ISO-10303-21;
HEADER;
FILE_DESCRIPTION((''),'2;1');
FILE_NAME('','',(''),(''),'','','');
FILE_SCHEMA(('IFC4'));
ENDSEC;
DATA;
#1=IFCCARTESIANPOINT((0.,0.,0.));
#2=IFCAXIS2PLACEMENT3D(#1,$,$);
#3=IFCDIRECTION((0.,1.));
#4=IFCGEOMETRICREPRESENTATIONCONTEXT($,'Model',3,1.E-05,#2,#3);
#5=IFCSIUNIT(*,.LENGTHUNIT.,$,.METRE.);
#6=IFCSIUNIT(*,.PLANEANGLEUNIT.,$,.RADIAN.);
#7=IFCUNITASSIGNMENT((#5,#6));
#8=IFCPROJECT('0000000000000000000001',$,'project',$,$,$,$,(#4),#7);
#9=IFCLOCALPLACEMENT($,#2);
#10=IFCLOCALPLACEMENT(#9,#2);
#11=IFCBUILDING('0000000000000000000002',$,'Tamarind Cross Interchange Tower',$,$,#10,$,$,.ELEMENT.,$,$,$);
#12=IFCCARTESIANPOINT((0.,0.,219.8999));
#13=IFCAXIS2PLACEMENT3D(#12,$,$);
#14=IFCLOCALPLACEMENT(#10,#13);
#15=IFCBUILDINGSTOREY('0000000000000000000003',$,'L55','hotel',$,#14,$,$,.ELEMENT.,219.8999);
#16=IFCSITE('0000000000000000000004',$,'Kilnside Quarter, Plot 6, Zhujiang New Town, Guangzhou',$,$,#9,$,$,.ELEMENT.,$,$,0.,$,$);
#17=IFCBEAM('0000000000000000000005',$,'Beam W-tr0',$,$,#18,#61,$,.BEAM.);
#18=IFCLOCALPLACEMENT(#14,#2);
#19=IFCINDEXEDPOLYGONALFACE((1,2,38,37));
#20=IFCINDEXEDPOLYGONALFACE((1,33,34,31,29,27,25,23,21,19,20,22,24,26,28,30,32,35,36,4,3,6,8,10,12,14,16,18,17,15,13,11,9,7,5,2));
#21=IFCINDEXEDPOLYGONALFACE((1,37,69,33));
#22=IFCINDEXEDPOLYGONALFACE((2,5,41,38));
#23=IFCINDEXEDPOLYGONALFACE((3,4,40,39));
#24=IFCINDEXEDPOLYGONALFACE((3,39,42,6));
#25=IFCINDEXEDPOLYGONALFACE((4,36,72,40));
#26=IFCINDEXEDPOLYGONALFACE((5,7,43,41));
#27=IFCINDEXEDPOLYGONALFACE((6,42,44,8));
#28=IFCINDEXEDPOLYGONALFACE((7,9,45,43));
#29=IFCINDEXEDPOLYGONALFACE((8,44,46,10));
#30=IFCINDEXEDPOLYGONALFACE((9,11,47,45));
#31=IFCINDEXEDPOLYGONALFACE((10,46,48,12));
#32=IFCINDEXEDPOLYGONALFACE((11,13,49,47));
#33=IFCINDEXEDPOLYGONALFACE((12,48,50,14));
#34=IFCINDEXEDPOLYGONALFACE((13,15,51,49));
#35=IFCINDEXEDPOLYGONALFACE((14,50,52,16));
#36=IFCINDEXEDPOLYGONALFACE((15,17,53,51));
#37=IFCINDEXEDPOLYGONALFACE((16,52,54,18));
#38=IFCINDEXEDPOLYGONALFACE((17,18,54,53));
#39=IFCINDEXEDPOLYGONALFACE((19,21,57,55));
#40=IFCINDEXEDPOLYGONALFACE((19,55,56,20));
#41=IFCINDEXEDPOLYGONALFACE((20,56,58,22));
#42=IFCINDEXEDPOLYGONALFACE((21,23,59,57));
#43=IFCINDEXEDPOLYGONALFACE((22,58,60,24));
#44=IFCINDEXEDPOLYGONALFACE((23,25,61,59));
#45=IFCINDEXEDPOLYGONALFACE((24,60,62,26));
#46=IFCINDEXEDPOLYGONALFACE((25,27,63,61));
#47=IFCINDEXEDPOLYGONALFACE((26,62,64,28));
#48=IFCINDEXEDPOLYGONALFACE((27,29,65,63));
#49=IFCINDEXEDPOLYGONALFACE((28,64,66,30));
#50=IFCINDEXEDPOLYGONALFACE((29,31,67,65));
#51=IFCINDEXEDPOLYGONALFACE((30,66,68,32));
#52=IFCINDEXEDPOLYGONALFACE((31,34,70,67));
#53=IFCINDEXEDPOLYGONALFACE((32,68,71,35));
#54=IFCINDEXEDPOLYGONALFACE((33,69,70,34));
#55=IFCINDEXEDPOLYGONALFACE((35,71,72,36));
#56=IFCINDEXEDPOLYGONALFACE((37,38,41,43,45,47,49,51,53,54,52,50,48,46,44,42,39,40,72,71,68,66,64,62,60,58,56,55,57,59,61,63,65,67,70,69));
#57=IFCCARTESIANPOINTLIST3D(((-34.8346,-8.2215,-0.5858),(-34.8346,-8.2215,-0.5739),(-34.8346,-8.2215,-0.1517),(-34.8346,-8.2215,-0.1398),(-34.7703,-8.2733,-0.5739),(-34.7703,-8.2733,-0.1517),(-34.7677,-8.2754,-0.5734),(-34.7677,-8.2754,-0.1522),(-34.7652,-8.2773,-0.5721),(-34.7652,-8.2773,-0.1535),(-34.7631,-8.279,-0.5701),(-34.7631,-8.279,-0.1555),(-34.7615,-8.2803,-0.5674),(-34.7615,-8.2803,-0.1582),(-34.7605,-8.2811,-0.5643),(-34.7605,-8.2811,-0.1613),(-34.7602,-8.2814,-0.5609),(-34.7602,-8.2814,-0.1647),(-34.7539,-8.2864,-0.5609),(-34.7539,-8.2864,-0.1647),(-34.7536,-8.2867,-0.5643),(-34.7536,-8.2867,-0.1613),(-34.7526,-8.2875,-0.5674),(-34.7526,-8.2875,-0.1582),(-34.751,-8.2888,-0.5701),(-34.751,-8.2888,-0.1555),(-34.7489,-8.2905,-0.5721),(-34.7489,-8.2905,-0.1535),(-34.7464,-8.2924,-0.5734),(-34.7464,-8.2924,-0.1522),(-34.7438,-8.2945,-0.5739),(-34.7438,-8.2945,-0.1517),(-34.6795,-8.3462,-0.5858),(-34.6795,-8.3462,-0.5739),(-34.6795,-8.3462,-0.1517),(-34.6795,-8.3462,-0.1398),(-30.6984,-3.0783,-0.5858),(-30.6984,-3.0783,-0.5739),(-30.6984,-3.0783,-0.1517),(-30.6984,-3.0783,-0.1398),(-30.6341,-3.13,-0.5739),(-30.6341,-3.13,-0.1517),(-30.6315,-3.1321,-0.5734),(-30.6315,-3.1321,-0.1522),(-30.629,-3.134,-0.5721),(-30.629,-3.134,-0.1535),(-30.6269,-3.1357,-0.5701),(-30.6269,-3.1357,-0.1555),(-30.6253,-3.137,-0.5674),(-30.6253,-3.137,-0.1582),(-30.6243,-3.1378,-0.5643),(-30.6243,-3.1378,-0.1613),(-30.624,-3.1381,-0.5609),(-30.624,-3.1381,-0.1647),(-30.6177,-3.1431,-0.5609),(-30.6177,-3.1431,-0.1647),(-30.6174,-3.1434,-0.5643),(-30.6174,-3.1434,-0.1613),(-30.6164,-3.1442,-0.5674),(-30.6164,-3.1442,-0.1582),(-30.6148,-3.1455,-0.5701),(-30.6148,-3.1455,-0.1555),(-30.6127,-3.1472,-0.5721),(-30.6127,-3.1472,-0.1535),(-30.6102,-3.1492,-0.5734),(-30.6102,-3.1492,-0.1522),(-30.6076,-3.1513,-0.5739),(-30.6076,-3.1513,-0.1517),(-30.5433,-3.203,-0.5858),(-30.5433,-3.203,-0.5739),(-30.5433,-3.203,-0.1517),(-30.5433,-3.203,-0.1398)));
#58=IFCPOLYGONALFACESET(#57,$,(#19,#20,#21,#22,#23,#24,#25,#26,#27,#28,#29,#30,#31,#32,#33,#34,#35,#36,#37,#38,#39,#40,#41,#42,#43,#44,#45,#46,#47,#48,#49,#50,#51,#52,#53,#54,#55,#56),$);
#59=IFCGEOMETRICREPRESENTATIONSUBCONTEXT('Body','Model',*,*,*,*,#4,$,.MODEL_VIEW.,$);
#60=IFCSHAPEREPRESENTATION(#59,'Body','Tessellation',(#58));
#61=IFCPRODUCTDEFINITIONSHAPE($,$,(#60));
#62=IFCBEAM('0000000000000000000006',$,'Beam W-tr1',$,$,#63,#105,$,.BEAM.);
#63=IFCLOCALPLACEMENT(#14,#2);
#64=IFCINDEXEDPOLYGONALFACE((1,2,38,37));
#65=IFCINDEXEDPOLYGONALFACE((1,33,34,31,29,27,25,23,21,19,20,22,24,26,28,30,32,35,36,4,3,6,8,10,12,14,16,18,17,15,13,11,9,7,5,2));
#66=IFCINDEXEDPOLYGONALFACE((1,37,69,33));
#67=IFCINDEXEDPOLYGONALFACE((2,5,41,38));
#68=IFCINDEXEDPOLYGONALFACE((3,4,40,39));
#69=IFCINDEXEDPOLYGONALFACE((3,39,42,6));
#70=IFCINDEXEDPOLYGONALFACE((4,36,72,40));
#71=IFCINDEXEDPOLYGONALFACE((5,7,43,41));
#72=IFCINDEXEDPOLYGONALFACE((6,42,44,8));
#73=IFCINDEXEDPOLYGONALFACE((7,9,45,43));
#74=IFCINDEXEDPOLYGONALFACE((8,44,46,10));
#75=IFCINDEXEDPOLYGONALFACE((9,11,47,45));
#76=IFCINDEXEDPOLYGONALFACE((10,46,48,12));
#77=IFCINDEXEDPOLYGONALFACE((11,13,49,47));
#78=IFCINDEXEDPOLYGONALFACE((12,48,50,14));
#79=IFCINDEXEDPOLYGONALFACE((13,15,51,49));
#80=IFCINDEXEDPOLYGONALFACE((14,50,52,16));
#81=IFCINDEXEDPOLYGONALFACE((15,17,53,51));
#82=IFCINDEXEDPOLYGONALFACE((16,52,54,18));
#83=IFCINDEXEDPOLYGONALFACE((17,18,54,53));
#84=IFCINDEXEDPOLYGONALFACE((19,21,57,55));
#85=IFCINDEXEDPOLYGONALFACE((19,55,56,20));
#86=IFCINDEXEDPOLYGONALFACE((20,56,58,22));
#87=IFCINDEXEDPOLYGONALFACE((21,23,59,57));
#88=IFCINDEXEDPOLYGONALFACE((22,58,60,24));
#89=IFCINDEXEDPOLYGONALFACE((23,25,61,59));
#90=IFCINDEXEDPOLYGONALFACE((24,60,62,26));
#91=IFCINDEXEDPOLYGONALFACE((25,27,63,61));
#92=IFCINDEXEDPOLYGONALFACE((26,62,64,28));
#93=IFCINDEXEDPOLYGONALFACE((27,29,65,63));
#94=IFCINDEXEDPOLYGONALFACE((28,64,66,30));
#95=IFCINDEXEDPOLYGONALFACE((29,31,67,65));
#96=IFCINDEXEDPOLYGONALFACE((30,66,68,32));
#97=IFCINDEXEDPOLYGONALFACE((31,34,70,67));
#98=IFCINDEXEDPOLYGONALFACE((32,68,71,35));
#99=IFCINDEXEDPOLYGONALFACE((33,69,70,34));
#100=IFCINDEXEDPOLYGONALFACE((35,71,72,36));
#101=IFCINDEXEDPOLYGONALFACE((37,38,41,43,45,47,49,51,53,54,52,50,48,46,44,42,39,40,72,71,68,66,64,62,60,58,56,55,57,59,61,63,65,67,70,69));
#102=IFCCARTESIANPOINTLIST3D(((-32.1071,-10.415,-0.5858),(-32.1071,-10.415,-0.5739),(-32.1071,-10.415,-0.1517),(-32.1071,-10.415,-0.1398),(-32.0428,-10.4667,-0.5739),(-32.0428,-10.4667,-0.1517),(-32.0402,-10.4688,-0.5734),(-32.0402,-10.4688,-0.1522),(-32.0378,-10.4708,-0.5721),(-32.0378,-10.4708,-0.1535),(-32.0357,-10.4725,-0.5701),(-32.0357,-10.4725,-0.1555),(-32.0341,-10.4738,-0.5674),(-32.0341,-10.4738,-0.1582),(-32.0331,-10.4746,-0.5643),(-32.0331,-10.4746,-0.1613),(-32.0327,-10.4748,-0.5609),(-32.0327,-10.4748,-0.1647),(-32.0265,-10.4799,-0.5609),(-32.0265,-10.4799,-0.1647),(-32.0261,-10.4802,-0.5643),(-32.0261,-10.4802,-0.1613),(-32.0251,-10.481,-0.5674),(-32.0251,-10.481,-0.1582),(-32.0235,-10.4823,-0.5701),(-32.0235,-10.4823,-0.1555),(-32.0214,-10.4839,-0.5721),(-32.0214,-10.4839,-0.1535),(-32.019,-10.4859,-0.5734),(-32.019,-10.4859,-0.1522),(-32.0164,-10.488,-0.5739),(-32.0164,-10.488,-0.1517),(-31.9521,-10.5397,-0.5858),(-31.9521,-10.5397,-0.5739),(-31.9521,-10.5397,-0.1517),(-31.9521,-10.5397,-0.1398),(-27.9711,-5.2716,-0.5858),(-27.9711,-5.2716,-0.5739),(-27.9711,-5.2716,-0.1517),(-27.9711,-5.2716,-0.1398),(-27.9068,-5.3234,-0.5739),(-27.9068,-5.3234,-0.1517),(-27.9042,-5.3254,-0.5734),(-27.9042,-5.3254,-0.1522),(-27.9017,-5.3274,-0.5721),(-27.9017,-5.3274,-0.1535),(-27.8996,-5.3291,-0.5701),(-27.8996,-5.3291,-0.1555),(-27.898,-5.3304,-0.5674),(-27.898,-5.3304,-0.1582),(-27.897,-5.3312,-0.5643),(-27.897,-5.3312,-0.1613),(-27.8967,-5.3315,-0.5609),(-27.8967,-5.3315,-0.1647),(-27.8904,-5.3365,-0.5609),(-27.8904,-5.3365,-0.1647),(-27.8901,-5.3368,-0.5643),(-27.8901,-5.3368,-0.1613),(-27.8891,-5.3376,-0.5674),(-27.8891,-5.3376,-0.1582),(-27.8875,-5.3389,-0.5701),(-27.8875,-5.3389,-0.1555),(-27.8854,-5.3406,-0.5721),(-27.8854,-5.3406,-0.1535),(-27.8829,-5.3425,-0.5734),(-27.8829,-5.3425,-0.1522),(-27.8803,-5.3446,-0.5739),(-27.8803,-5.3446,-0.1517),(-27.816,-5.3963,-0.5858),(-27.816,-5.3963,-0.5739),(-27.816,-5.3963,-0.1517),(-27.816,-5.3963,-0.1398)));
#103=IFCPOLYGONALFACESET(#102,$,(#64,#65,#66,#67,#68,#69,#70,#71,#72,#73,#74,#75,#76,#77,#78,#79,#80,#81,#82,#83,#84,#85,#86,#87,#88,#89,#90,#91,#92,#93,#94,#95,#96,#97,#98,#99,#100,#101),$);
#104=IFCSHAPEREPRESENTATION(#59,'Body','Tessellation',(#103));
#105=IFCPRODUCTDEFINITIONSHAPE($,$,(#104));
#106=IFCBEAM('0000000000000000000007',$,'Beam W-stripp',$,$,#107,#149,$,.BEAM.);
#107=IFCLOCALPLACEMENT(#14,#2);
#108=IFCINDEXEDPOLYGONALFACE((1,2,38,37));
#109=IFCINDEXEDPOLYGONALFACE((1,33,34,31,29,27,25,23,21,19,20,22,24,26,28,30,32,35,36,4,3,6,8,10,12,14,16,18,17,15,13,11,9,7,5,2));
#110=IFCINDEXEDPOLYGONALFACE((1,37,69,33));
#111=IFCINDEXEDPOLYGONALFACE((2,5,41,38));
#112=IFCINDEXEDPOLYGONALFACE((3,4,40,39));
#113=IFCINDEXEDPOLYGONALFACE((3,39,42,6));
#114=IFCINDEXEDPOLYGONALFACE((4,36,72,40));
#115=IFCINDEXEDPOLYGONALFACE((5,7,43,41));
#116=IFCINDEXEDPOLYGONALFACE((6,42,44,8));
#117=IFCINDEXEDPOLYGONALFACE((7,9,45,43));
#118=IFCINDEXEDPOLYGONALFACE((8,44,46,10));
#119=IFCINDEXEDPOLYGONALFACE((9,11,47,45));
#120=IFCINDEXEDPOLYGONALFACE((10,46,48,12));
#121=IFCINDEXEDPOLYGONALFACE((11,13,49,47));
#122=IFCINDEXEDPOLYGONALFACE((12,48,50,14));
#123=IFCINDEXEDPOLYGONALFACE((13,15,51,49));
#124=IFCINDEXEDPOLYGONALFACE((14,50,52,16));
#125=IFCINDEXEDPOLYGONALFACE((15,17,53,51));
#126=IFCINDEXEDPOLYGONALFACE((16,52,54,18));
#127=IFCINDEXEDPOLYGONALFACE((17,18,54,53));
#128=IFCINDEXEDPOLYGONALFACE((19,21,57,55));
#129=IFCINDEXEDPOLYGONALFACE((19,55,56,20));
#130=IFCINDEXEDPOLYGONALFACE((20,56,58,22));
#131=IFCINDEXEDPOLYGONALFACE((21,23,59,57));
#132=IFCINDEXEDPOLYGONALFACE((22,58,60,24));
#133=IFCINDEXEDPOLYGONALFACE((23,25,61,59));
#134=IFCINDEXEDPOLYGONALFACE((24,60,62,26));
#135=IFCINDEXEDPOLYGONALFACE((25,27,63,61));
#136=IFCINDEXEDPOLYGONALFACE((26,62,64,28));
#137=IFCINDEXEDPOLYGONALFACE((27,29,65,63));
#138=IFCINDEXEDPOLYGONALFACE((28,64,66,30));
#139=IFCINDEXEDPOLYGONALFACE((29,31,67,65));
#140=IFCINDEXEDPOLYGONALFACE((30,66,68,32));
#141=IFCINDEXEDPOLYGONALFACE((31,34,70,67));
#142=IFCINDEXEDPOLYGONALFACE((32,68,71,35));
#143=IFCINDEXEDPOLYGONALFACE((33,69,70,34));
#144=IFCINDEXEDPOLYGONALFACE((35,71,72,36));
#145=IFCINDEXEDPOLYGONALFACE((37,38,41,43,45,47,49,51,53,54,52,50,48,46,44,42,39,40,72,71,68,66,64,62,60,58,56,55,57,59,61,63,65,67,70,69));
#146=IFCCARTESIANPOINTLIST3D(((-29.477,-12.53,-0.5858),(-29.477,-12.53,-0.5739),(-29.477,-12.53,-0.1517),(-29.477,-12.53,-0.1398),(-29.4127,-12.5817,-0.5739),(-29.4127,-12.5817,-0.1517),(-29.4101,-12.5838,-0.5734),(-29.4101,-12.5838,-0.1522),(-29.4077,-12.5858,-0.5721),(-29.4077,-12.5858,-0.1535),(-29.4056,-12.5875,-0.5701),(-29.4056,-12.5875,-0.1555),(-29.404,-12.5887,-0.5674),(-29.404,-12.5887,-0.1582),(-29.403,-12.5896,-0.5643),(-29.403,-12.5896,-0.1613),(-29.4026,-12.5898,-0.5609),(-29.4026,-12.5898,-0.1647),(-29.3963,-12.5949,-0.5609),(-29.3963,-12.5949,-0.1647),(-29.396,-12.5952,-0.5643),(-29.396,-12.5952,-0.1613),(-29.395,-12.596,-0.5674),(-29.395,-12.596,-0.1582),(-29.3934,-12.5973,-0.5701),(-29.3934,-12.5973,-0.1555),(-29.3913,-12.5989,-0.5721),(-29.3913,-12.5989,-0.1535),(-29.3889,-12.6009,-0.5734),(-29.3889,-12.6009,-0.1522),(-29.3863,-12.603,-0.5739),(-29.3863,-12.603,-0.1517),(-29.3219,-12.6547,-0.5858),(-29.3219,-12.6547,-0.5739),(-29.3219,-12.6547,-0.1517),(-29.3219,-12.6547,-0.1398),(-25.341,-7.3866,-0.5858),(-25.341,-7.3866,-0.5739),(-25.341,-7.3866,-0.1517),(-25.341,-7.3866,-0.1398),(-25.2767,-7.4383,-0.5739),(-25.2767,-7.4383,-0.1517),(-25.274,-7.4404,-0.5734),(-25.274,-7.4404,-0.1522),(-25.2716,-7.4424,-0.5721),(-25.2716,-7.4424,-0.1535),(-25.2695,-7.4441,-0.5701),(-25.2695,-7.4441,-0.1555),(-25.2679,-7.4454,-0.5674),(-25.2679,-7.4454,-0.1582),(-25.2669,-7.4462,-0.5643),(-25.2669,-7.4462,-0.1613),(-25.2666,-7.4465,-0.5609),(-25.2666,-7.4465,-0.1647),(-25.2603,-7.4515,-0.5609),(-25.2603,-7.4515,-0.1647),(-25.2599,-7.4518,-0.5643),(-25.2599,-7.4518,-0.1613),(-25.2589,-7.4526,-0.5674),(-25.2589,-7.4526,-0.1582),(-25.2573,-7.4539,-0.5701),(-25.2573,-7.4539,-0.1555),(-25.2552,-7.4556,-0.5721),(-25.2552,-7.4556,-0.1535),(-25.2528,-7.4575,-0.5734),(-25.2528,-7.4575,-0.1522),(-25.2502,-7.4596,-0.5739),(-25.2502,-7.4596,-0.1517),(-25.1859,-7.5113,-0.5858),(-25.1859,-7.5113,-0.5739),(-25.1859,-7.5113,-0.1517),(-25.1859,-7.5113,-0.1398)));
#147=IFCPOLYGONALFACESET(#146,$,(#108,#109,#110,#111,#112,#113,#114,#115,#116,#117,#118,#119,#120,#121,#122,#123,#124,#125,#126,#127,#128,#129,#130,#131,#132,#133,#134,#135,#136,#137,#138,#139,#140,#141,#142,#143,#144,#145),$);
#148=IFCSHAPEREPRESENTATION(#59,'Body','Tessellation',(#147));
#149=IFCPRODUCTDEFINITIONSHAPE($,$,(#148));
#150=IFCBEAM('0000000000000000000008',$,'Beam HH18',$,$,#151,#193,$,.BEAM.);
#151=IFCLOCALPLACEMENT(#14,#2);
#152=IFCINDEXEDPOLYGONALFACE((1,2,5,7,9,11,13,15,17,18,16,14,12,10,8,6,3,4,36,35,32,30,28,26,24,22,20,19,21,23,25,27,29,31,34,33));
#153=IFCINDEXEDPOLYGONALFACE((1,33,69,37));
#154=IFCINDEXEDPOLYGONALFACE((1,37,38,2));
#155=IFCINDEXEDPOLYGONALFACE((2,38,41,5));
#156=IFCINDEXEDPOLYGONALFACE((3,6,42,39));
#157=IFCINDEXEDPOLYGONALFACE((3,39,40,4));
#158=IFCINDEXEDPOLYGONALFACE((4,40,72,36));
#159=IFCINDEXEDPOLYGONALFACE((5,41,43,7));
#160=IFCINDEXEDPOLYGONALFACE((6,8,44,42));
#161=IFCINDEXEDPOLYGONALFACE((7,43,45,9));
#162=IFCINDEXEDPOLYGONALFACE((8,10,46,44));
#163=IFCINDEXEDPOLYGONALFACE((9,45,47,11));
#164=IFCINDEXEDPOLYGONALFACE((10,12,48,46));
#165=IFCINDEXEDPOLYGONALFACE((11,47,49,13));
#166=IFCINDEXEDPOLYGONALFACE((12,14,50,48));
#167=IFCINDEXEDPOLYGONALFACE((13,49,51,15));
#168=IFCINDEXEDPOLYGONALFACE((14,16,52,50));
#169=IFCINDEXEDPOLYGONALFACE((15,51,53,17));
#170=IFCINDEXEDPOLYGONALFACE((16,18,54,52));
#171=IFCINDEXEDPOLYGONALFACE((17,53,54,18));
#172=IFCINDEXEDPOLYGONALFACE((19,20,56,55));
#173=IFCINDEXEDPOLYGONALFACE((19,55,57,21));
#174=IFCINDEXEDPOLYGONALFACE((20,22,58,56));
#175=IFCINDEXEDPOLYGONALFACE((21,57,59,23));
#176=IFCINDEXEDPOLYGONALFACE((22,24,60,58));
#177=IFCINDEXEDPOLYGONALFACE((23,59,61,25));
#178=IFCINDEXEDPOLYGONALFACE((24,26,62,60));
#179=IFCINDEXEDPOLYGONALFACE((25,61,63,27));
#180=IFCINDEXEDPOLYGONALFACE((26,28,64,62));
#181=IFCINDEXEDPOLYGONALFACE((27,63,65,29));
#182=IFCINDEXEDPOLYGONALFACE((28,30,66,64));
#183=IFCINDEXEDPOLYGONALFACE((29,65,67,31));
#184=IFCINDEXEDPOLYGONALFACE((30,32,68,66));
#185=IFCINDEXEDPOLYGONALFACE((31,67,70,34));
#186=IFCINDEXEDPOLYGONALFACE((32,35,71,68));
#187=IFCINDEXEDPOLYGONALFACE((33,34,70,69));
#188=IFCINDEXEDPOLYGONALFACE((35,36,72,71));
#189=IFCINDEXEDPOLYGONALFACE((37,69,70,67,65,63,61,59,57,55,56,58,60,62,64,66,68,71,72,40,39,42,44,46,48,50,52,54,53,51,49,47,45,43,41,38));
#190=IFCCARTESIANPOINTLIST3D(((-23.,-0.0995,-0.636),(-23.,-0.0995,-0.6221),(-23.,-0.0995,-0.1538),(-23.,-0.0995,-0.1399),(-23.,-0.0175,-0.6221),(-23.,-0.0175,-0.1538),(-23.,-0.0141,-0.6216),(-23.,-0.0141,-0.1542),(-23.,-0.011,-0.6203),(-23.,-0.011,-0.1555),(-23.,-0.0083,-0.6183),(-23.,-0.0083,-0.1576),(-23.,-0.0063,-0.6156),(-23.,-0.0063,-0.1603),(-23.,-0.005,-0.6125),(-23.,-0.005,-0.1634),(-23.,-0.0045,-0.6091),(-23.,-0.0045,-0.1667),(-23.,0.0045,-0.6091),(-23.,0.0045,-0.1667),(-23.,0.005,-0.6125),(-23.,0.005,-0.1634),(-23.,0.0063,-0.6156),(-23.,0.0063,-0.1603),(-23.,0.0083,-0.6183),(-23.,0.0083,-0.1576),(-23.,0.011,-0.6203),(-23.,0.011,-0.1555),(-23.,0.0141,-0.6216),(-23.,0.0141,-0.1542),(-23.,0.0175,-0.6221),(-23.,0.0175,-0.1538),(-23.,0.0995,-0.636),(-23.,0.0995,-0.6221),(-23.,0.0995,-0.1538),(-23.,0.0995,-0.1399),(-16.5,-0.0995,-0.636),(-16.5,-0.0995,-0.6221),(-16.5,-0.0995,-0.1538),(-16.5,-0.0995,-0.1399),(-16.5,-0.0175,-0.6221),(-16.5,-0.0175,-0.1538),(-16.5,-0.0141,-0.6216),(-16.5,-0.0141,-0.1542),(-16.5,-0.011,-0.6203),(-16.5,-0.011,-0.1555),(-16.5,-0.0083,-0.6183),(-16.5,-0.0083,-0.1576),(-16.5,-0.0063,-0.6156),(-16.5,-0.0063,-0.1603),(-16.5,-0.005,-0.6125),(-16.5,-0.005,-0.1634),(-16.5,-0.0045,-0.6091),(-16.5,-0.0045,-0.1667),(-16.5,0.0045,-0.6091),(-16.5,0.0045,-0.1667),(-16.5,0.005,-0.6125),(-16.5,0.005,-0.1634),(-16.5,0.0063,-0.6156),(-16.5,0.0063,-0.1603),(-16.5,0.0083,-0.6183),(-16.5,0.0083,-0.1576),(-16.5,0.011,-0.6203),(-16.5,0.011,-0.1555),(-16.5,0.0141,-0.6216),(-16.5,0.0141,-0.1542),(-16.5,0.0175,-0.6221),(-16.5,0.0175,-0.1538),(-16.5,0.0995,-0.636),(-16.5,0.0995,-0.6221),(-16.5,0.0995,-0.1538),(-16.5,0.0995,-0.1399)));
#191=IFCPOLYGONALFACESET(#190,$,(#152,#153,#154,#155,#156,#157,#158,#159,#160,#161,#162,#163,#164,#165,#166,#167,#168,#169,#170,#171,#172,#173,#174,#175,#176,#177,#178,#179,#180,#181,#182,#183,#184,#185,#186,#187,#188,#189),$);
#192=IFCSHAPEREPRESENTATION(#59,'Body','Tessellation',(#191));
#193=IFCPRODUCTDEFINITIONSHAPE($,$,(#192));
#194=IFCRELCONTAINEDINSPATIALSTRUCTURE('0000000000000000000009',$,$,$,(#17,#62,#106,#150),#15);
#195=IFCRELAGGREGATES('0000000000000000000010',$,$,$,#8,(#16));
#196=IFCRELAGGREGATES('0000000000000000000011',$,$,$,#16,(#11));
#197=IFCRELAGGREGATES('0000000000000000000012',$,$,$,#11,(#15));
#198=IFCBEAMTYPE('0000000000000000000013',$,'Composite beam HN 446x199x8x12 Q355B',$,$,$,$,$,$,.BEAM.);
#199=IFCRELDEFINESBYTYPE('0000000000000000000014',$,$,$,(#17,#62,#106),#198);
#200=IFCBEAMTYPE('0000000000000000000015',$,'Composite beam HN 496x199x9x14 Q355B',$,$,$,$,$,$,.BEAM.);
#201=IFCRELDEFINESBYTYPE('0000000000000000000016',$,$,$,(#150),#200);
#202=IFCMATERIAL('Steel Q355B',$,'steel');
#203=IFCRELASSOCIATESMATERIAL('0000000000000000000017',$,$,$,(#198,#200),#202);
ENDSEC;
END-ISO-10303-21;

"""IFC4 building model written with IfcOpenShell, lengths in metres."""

from ifc_helpers import new_model, si_unit, direction, frame, origin, origin_2d, place, context, subcontext, project, spatial, i_section, extrude, material, material_profile, profile_set, type_object, element, save


model = new_model("IFC4")

# Units and contexts
model_context = context("Model", 3, precision=1e-05, world=origin(), true_north=direction((0.0, 1.0)))
body_context = subcontext(model_context, "Body", "Model", "MODEL_VIEW")
ifc_project = project(units=[si_unit("LENGTHUNIT", "METRE"), si_unit("PLANEANGLEUNIT", "RADIAN")], contexts=[model_context])

# Site, building, storey
site_placement = place(None, origin())
site = spatial("IfcSite", under=ifc_project, at=site_placement, Name="Kilnside Quarter, Plot 6, Zhujiang New Town, Guangzhou", CompositionType="ELEMENT", RefElevation=0.0)
building_placement = place(site_placement, origin())
building = spatial("IfcBuilding", under=site, at=building_placement, Name="Tamarind Cross Interchange Tower", CompositionType="ELEMENT")
storey_placement = place(building_placement, frame((0.0, 0.0, 219.8999)))
storey = spatial("IfcBuildingStorey", under=building, at=storey_placement, Name="L55", Description="hotel", CompositionType="ELEMENT", Elevation=219.8999)

# Beams
ifc_material_1 = material(Name="Steel Q355B", Category="steel")
ifc_material_profile_1 = material_profile(ifc_material_1, i_section(OverallWidth=0.199, OverallDepth=0.446, WebThickness=0.0081, FlangeThickness=0.012, FilletRadius=0.0129, at=origin_2d()), Name="HN 446x199x8x12")
ifc_profile_set_1 = profile_set([ifc_material_profile_1], Name="Steel Q355B")
beam_type_1 = type_object("IfcBeamType", Name="Composite beam HN 446x199x8x12 Q355B", PredefinedType="BEAM", material=ifc_profile_set_1)
for number, where, z_axis, x_axis, name in (
    (1, (-30.6208, -3.1406, -0.3628), (-0.626687, -0.779271, 0.0), (0.779271, -0.626687, 0.0), "Beam W-tr0"),
    (2, (-27.8936, -5.334, -0.3628), (-0.626664, -0.779289, 0.0), (0.779289, -0.626664, 0.0), "Beam W-tr1"),
    (3, (-25.2634, -7.449, -0.3628), (-0.626664, -0.779289, 0.0), (0.779289, -0.626664, 0.0), "Beam W-stripp"),
):
    element("IfcBeam", number, at=place(storey_placement, frame(where, z_axis=z_axis, x_axis=x_axis)), inside=storey, type_object=beam_type_1, Name=name, PredefinedType="BEAM", context=body_context, shape_type="SweptSolid", body=[
        extrude(i_section(OverallWidth=0.199, OverallDepth=0.446, WebThickness=0.0081, FlangeThickness=0.012, FilletRadius=0.0129, at=origin_2d()), origin(), (0.0, 0.0, 1.0), 6.6001),
    ])
ifc_material_profile_2 = material_profile(ifc_material_1, i_section(OverallWidth=0.199, OverallDepth=0.4961, WebThickness=0.009, FlangeThickness=0.0139, FilletRadius=0.0129, at=origin_2d()), Name="HN 496x199x9x14")
ifc_profile_set_2 = profile_set([ifc_material_profile_2], Name="Steel Q355B")
beam_type_2 = type_object("IfcBeamType", Name="Composite beam HN 496x199x9x14 Q355B", PredefinedType="BEAM", material=ifc_profile_set_2)
beam_1_placement = place(storey_placement, frame((-23.0, 0.0, -0.3879), z_axis=(1.0, 0.0, 0.0), x_axis=(0.0, 1.0, 0.0)))
element("IfcBeam", 4, at=beam_1_placement, inside=storey, type_object=beam_type_2, Name="Beam HH18", PredefinedType="BEAM", context=body_context, shape_type="SweptSolid", body=[
    extrude(i_section(OverallWidth=0.199, OverallDepth=0.4961, WebThickness=0.009, FlangeThickness=0.0139, FilletRadius=0.0129, at=origin_2d()), origin(), (0.0, 0.0, 1.0), 6.5),
])

save(model, "model.ifc")
